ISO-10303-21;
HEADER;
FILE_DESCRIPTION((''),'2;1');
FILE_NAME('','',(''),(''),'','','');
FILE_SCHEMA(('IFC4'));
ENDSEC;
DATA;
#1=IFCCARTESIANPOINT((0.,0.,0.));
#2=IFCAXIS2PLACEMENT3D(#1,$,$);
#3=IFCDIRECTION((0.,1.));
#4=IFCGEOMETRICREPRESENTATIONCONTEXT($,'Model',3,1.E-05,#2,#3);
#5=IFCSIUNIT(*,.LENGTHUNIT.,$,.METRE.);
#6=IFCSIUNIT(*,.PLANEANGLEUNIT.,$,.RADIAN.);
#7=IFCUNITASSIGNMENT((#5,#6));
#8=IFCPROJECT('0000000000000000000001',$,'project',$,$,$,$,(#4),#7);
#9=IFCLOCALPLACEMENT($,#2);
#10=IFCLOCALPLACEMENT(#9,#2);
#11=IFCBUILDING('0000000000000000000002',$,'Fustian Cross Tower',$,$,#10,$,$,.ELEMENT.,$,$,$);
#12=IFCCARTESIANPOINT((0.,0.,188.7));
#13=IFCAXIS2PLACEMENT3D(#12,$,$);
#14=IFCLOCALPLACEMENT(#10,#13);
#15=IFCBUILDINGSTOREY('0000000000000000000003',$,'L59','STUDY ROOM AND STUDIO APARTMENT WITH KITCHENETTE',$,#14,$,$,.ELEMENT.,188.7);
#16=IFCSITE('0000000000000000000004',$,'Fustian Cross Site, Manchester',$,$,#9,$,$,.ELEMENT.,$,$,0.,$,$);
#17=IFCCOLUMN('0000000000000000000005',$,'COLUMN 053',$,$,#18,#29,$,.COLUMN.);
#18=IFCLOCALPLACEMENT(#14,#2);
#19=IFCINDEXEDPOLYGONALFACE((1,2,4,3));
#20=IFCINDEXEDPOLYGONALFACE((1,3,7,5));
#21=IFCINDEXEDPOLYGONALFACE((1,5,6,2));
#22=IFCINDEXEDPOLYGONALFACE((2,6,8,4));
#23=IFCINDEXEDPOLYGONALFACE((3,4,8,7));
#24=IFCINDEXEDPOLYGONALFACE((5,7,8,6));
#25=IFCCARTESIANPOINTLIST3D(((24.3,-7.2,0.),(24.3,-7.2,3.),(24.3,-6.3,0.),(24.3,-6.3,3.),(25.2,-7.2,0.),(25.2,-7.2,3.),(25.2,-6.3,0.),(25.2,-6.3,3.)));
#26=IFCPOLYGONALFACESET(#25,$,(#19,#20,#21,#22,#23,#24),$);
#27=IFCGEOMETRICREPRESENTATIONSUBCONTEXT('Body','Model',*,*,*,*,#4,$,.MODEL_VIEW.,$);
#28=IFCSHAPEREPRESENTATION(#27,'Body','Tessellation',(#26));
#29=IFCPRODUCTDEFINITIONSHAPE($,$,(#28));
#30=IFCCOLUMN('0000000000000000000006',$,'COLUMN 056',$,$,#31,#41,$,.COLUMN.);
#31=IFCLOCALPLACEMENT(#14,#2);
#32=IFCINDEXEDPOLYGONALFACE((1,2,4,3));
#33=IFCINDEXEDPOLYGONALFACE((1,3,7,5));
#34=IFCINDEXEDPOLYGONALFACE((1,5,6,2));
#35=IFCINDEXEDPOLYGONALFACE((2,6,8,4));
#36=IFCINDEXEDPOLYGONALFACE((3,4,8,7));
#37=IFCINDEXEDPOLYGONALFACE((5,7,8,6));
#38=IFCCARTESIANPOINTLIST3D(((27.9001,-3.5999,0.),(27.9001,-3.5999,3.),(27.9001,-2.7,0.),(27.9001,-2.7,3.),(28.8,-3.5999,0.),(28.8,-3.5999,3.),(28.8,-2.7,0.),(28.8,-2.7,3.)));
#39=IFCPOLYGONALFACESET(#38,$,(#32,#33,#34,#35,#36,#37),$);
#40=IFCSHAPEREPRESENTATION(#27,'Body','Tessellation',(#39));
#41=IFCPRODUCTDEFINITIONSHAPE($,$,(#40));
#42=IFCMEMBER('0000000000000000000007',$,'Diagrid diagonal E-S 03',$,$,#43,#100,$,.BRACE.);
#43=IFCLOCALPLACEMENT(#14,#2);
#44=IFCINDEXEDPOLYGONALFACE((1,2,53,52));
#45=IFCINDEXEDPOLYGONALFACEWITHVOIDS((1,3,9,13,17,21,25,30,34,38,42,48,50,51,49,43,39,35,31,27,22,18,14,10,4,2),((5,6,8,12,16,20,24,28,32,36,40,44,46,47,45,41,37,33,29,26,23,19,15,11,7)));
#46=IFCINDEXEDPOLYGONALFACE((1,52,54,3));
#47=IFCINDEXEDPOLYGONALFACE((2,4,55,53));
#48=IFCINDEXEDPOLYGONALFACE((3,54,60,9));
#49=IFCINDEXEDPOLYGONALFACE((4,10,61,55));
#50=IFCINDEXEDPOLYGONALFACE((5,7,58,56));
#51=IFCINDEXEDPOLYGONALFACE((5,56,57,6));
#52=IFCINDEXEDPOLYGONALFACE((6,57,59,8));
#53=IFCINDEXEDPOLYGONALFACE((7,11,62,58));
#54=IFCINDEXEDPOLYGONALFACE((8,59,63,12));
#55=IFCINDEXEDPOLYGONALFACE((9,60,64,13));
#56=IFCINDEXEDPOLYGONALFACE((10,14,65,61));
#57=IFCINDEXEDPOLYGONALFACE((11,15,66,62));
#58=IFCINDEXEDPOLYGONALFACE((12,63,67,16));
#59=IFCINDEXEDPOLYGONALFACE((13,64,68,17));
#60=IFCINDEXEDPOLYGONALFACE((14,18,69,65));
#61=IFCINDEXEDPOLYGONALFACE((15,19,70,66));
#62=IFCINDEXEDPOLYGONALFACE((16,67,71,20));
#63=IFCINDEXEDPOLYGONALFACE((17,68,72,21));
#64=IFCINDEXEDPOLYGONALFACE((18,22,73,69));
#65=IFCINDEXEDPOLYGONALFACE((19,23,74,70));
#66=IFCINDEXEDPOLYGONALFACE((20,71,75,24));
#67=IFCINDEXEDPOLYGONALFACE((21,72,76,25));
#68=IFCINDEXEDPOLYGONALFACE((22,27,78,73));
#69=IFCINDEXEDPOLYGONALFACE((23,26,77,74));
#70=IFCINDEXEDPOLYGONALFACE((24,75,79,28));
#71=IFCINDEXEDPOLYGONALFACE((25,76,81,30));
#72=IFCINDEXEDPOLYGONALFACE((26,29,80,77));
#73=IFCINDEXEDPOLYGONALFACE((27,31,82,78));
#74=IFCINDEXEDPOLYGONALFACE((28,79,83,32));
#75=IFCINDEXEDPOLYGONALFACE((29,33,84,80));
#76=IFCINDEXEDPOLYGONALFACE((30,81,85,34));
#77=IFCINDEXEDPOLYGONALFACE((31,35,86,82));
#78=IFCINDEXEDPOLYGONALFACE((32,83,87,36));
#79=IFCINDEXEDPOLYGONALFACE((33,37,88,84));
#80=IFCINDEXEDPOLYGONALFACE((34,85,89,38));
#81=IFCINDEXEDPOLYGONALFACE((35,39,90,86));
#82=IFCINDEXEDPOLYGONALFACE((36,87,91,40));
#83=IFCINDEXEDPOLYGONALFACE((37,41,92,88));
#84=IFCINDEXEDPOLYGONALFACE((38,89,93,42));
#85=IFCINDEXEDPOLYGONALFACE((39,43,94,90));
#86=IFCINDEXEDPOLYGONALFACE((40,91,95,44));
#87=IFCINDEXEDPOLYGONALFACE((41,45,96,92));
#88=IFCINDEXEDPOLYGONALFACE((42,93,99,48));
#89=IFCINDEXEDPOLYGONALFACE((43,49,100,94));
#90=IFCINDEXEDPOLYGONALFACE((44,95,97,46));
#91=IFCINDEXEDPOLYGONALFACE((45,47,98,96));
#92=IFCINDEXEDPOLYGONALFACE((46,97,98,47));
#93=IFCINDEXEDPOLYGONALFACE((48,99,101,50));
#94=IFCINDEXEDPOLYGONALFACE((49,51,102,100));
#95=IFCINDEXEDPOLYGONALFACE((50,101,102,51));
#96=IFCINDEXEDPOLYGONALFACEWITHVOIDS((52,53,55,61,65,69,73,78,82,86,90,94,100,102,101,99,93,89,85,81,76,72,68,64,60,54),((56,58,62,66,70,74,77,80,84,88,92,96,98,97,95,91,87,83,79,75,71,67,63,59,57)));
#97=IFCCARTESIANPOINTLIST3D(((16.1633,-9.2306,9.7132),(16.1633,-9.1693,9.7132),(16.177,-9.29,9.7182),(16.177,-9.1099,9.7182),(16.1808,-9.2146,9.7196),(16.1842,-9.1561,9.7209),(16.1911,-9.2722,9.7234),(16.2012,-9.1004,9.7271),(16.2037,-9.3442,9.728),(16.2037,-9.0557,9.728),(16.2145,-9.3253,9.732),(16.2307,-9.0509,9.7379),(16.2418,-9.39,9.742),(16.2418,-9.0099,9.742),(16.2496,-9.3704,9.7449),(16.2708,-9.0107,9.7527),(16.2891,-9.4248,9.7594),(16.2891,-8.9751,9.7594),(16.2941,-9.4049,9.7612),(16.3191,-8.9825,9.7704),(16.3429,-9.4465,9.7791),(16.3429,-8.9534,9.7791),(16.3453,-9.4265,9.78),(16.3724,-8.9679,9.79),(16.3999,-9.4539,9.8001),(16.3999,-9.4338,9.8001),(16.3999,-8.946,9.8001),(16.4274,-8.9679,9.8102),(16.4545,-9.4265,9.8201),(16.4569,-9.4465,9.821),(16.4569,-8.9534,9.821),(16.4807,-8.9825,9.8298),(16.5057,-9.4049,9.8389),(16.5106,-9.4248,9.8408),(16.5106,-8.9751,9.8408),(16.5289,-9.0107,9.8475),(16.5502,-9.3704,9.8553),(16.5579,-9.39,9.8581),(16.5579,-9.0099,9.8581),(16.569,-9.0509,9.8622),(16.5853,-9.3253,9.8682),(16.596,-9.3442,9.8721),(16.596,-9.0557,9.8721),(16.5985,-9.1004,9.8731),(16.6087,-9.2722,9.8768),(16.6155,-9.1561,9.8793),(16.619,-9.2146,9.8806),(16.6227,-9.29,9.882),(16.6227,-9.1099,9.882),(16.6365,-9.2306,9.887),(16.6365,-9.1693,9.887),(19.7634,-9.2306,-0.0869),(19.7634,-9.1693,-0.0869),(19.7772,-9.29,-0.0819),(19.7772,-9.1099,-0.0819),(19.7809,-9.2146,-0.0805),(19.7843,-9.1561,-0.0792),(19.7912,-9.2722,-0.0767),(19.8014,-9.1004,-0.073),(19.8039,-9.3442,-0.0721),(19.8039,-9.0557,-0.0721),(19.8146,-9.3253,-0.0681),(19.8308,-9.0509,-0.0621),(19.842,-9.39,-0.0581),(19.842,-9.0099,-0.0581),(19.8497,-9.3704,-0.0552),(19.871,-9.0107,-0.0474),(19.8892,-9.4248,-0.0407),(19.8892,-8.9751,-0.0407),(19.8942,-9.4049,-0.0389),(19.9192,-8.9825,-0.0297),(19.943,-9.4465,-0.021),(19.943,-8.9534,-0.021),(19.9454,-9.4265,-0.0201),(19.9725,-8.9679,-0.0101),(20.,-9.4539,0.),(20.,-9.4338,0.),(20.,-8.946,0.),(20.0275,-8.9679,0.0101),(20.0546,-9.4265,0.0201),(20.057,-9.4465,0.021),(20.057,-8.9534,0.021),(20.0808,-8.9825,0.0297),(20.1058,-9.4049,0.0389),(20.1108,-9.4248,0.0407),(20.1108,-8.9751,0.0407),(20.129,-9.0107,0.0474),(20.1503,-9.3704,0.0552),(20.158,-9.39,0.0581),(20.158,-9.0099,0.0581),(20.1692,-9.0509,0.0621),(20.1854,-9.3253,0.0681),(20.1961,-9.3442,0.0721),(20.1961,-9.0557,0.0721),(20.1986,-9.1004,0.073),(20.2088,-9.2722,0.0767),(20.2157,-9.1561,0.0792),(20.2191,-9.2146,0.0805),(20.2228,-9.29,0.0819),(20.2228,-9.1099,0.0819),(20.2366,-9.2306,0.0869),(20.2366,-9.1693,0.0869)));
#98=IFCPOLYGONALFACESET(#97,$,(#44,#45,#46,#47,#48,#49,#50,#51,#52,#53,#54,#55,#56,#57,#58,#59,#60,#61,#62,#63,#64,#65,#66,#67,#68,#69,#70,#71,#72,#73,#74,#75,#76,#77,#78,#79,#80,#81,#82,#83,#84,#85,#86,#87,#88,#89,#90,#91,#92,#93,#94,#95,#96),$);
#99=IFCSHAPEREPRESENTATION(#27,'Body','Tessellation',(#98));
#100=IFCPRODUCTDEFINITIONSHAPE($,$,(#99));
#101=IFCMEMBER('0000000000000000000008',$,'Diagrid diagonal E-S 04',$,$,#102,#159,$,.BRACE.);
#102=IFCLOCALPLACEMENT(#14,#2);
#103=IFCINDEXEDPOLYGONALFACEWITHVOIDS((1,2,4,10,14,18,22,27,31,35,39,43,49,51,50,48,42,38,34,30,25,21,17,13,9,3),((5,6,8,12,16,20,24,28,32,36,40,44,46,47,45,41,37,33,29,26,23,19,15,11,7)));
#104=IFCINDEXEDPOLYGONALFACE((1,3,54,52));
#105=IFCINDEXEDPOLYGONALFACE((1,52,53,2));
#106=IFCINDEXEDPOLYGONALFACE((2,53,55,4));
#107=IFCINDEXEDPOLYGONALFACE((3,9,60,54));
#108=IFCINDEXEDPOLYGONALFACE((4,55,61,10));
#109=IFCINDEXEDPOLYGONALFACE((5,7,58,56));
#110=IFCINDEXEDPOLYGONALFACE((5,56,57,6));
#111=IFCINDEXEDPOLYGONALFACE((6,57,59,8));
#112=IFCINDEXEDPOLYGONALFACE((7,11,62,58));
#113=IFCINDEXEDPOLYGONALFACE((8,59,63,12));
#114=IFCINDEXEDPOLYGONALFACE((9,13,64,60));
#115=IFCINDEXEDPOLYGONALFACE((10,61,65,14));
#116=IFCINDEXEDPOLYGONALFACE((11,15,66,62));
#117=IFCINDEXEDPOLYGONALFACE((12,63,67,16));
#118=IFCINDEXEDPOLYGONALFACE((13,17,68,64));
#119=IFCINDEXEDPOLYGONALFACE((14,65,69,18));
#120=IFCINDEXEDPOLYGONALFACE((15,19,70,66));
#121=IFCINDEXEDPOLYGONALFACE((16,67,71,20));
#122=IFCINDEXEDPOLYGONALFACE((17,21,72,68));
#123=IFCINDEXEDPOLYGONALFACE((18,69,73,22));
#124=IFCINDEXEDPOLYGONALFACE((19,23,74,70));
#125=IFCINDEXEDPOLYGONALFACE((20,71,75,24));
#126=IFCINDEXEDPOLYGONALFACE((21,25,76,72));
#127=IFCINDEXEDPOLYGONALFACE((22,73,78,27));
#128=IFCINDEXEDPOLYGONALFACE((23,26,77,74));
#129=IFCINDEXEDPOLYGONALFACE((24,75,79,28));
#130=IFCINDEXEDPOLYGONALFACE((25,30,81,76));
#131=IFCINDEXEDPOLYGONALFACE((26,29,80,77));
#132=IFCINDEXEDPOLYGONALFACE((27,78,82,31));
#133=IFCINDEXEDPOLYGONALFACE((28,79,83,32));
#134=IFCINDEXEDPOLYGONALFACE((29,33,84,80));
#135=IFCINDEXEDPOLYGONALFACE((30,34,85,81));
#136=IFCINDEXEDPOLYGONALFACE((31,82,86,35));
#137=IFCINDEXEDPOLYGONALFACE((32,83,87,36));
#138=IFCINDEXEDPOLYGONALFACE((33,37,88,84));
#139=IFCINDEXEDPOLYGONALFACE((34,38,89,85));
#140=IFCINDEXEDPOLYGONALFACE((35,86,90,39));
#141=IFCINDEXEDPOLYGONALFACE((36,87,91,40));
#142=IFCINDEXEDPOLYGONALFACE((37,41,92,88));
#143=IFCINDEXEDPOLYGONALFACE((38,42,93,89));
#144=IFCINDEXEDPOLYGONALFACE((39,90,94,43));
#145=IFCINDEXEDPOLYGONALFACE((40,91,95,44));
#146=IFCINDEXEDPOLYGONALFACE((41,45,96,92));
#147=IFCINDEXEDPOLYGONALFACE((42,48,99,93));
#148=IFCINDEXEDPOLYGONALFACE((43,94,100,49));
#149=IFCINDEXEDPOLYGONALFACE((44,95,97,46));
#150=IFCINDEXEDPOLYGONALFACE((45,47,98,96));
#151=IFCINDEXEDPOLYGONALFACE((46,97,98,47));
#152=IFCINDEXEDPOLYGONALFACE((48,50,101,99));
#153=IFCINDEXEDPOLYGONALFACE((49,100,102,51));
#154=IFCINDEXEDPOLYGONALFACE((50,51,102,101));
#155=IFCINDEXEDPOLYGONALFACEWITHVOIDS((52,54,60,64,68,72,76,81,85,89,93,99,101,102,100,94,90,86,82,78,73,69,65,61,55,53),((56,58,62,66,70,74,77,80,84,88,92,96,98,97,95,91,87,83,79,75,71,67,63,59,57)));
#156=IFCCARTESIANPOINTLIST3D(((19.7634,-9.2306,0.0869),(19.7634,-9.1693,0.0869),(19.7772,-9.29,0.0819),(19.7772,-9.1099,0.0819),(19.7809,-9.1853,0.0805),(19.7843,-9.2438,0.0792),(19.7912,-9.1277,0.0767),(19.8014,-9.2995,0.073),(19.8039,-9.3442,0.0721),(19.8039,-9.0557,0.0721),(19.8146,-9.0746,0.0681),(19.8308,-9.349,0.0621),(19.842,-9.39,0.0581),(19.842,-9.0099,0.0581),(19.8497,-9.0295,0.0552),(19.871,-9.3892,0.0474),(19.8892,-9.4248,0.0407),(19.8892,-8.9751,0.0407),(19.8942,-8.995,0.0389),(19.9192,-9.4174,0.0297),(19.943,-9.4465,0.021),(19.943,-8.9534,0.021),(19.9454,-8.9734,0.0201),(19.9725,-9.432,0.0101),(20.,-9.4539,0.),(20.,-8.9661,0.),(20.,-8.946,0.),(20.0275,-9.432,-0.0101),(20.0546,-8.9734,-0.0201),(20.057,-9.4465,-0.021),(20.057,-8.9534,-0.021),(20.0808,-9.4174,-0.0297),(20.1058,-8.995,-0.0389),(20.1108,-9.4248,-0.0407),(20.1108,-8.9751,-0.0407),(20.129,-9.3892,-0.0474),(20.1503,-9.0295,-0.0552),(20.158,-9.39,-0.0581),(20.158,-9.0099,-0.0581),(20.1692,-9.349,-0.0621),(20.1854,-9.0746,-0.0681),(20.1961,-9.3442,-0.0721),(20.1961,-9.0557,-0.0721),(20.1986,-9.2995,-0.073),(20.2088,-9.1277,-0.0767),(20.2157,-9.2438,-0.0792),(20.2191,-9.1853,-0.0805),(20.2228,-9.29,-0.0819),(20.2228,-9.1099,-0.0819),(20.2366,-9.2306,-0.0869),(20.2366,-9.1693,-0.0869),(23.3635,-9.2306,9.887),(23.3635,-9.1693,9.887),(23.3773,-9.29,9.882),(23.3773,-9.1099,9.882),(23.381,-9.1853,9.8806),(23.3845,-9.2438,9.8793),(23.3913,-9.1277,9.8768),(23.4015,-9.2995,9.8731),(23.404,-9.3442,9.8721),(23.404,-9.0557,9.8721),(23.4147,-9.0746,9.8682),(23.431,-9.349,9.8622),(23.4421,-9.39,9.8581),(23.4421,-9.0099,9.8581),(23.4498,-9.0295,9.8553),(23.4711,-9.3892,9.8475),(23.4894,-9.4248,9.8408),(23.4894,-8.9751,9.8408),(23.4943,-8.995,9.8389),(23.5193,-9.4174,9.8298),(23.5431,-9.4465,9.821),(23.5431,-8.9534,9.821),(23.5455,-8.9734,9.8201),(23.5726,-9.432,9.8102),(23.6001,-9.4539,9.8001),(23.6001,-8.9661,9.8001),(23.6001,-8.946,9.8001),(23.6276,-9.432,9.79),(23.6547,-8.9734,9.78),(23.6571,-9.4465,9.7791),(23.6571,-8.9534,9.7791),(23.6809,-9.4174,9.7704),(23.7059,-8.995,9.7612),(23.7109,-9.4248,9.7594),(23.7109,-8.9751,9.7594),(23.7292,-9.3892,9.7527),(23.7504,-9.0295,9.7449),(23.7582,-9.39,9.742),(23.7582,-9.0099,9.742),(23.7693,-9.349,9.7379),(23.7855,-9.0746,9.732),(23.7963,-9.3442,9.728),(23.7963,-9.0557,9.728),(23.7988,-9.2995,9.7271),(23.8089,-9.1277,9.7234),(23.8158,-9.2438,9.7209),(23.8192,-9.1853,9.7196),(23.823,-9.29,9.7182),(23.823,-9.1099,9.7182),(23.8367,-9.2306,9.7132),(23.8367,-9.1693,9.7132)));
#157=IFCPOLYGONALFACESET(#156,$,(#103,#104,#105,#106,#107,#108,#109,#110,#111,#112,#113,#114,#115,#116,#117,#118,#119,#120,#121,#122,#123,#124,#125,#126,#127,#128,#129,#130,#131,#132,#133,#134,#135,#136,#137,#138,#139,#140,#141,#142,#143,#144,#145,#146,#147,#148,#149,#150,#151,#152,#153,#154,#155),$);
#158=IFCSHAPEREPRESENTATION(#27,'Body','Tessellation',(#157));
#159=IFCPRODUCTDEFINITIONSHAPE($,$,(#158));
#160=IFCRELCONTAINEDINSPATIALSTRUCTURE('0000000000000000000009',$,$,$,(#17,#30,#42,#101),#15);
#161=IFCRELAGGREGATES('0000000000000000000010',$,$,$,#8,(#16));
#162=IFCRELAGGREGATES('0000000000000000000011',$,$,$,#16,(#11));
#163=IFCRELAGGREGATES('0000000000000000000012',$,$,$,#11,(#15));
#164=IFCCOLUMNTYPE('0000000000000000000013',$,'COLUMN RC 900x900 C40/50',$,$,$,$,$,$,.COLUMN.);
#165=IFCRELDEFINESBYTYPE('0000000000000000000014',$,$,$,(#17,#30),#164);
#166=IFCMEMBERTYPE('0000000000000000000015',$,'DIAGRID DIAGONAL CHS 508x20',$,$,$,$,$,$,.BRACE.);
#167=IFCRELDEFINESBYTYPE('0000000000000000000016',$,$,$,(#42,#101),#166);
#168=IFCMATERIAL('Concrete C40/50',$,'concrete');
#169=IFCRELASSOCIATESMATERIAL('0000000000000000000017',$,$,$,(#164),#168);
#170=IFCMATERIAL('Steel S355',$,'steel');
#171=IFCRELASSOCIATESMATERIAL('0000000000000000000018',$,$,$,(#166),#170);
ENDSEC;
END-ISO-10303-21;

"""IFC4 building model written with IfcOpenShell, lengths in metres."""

from ifc_helpers import new_model, si_unit, direction, frame, origin, origin_2d, place, context, subcontext, project, spatial, rectangle, hollow_circle, extrude, material, material_profile, profile_set, type_object, element, save


model = new_model("IFC4")

# Units and contexts
model_context = context("Model", 3, precision=1e-05, world=origin(), true_north=direction((0.0, 1.0)))
body_context = subcontext(model_context, "Body", "Model", "MODEL_VIEW")
ifc_project = project(units=[si_unit("LENGTHUNIT", "METRE"), si_unit("PLANEANGLEUNIT", "RADIAN")], contexts=[model_context])

# Site, building, storey
site_placement = place(None, origin())
site = spatial("IfcSite", under=ifc_project, at=site_placement, Name="Fustian Cross Site, Manchester", CompositionType="ELEMENT", RefElevation=0.0)
building_placement = place(site_placement, origin())
building = spatial("IfcBuilding", under=site, at=building_placement, Name="Fustian Cross Tower", CompositionType="ELEMENT")
storey_placement = place(building_placement, frame((0.0, 0.0, 188.7)))
storey = spatial("IfcBuildingStorey", under=building, at=storey_placement, Name="L59", Description="STUDY ROOM AND STUDIO APARTMENT WITH KITCHENETTE", CompositionType="ELEMENT", Elevation=188.7)

# Columns
ifc_material_1 = material(Name="Concrete C40/50", Category="concrete")
ifc_material_profile_1 = material_profile(ifc_material_1, rectangle(XDim=0.8999, YDim=0.8999, at=origin_2d()), Name="RC 900x900")
ifc_profile_set_1 = profile_set([ifc_material_profile_1], Name="Concrete C40/50")
column_type = type_object("IfcColumnType", Name="COLUMN RC 900x900 C40/50", PredefinedType="COLUMN", material=ifc_profile_set_1)
for number, where, z_axis, x_axis, name in (
    (1, (24.75, -6.75, 0.0), (0.0, 0.0, 1.0), (1.0, 0.0, 0.0), "COLUMN 053"),
    (2, (28.3501, -3.1499, 0.0), (0.0, 0.0, 1.0), (1.0, 0.0, 0.0), "COLUMN 056"),
):
    element("IfcColumn", number, at=place(storey_placement, frame(where, z_axis=z_axis, x_axis=x_axis)), inside=storey, type_object=column_type, Name=name, PredefinedType="COLUMN", context=body_context, shape_type="SweptSolid", body=[
        extrude(rectangle(XDim=0.8999, YDim=0.8999, at=origin_2d()), origin(), (0.0, 0.0, 1.0), 3.0),
    ])

# Members
ifc_material_2 = material(Name="Steel S355", Category="steel")
ifc_material_profile_2 = material_profile(ifc_material_2, hollow_circle(Radius=0.2539, WallThickness=0.02, at=origin_2d()), Name="CHS 508x20")
ifc_profile_set_2 = profile_set([ifc_material_profile_2], Name="Steel S355")
member_type_1 = type_object("IfcMemberType", Name="DIAGRID DIAGONAL CHS 508x20", PredefinedType="BRACE", material=ifc_profile_set_2)
for number, where, z_axis, x_axis, name in (
    (3, (20.0, -9.2, 0.0), (-0.344824, 0.0, 0.938667), (0.0, -1.0, 0.0), "Diagrid diagonal E-S 03"),
    (4, (20.0, -9.2, 0.0), (0.344824, 0.0, 0.938667), (0.0, 1.0, 0.0), "Diagrid diagonal E-S 04"),
):
    element("IfcMember", number, at=place(storey_placement, frame(where, z_axis=z_axis, x_axis=x_axis)), inside=storey, type_object=member_type_1, Name=name, PredefinedType="BRACE", context=body_context, shape_type="SweptSolid", body=[
        extrude(hollow_circle(Radius=0.2539, WallThickness=0.02, at=origin_2d()), origin(), (0.0, 0.0, 1.0), 10.4404),
    ])

save(model, "model.ifc")
